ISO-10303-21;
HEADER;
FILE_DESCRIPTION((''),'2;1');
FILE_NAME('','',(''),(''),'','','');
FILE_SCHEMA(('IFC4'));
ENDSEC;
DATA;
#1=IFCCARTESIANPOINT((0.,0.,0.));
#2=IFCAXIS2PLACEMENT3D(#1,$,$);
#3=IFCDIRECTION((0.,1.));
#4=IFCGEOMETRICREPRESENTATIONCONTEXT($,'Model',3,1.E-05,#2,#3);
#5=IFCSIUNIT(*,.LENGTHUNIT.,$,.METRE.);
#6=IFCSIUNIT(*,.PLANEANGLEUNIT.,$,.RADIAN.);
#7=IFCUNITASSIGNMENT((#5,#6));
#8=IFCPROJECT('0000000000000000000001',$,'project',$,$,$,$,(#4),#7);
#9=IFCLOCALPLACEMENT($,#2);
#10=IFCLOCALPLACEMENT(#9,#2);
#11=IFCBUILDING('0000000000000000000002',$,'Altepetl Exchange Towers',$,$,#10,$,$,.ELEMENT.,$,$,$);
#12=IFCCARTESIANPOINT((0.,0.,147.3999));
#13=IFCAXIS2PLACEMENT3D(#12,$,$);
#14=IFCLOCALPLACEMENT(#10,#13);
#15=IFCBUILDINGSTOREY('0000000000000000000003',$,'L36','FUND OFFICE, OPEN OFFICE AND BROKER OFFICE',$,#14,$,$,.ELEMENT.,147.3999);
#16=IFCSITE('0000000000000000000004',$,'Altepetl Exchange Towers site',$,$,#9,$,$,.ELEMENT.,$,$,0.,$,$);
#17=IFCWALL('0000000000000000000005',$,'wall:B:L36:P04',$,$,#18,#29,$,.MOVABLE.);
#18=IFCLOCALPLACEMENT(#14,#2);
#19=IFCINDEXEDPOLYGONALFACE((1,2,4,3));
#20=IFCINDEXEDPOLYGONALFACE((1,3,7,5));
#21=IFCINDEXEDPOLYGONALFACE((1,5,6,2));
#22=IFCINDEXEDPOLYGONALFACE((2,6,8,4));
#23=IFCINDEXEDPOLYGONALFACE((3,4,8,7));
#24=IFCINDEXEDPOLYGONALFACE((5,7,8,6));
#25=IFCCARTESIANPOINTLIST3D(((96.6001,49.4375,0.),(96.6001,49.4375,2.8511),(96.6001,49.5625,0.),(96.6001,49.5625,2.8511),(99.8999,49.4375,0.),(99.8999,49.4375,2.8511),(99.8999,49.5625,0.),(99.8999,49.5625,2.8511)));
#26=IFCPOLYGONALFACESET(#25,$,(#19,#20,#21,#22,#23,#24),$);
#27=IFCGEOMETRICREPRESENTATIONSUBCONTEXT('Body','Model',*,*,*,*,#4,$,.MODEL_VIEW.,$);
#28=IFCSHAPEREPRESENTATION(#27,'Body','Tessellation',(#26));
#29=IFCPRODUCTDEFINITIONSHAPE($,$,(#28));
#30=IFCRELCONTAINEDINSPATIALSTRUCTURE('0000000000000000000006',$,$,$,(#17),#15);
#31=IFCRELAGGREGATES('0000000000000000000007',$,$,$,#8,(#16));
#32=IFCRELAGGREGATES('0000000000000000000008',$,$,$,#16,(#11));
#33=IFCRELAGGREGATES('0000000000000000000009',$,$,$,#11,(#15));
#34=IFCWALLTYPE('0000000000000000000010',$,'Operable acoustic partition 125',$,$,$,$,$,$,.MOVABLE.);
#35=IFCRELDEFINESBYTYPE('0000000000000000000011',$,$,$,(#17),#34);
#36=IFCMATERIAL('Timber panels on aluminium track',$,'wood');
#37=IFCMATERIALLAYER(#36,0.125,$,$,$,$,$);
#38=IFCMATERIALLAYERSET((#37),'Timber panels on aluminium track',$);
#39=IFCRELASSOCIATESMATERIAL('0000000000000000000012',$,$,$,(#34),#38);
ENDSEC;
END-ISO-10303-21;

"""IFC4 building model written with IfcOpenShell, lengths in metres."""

from ifc_helpers import new_model, si_unit, direction, frame, frame_2d, origin, place, context, subcontext, project, spatial, rectangle, extrude, material, layer, layer_set, type_object, element, save


model = new_model("IFC4")

# Units and contexts
model_context = context("Model", 3, precision=1e-05, world=origin(), true_north=direction((0.0, 1.0)))
body_context = subcontext(model_context, "Body", "Model", "MODEL_VIEW")
ifc_project = project(units=[si_unit("LENGTHUNIT", "METRE"), si_unit("PLANEANGLEUNIT", "RADIAN")], contexts=[model_context])

# Site, building, storey
site_placement = place(None, origin())
site = spatial("IfcSite", under=ifc_project, at=site_placement, Name="Altepetl Exchange Towers site", CompositionType="ELEMENT", RefElevation=0.0)
building_placement = place(site_placement, origin())
building = spatial("IfcBuilding", under=site, at=building_placement, Name="Altepetl Exchange Towers", CompositionType="ELEMENT")
storey_placement = place(building_placement, frame((0.0, 0.0, 147.3999)))
storey = spatial("IfcBuildingStorey", under=building, at=storey_placement, Name="L36", Description="FUND OFFICE, OPEN OFFICE AND BROKER OFFICE", CompositionType="ELEMENT", Elevation=147.3999)

# Wall
ifc_material_1 = material(Name="Timber panels on aluminium track", Category="wood")
ifc_layer_1 = layer(ifc_material_1, 0.125)
ifc_layer_set_1 = layer_set([ifc_layer_1], Name="Timber panels on aluminium track")
wall_type = type_object("IfcWallType", Name="Operable acoustic partition 125", PredefinedType="MOVABLE", material=ifc_layer_set_1)
wall_placement = place(storey_placement, frame((96.6001, 49.5, 0.0)))
element("IfcWall", 1, at=wall_placement, inside=storey, type_object=wall_type, Name="wall:B:L36:P04", PredefinedType="MOVABLE", context=body_context, shape_type="SweptSolid", body=[
    extrude(rectangle(XDim=3.2998, YDim=0.125, at=frame_2d((1.6499, 0.0))), origin(), (0.0, 0.0, 1.0), 2.8511),
])

save(model, "model.ifc")
